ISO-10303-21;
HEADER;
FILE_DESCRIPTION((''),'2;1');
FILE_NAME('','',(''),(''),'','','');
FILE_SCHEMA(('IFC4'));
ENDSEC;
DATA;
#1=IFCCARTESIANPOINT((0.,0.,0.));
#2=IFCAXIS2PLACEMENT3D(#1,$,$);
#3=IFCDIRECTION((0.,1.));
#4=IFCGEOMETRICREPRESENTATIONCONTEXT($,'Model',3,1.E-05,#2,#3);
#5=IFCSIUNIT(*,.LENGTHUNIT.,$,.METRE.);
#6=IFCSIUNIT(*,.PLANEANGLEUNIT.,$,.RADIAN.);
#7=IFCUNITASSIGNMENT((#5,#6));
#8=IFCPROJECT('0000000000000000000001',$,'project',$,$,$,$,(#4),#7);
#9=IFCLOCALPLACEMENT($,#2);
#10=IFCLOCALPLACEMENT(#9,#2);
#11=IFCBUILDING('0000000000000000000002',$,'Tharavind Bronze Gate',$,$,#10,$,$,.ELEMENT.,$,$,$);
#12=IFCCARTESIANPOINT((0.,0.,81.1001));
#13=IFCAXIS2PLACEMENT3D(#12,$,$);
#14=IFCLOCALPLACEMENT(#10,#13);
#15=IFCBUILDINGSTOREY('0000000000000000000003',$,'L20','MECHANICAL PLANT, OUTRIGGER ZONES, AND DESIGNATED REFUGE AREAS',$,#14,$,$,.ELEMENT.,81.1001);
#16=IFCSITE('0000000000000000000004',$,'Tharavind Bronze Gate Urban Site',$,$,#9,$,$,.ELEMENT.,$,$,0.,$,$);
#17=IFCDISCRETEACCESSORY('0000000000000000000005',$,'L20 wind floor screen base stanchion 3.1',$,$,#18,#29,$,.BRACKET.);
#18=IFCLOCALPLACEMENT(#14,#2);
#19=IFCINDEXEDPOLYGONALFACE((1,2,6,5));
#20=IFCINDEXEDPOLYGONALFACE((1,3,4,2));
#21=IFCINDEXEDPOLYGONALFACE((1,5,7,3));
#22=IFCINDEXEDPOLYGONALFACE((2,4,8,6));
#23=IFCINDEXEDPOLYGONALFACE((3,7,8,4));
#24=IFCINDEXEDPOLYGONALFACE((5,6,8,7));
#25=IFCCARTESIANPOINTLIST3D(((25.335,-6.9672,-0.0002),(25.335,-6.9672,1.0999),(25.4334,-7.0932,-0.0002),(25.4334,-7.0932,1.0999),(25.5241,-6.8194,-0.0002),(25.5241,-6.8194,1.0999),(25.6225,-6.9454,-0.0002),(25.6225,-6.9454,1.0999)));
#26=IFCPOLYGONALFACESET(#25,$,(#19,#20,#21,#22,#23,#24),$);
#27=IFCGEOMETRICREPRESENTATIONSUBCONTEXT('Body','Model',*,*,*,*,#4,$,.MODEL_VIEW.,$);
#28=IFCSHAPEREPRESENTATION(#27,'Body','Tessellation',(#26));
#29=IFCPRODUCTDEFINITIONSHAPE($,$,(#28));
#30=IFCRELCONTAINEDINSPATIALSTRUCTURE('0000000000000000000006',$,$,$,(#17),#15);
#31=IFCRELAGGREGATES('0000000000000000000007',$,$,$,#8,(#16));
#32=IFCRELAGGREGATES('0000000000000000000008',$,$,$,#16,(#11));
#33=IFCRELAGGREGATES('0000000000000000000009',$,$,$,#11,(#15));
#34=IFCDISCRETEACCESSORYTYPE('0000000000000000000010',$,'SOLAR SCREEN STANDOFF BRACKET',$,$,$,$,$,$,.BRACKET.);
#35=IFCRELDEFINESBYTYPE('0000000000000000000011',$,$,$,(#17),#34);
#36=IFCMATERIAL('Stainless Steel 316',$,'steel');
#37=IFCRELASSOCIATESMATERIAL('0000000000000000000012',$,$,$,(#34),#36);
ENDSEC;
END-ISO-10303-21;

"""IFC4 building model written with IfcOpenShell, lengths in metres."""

from ifc_helpers import new_model, si_unit, direction, frame, origin, origin_2d, place, context, subcontext, project, spatial, rectangle, extrude, material, type_object, element, save


model = new_model("IFC4")

# Units and contexts
model_context = context("Model", 3, precision=1e-05, world=origin(), true_north=direction((0.0, 1.0)))
body_context = subcontext(model_context, "Body", "Model", "MODEL_VIEW")
ifc_project = project(units=[si_unit("LENGTHUNIT", "METRE"), si_unit("PLANEANGLEUNIT", "RADIAN")], contexts=[model_context])

# Site, building, storey
site_placement = place(None, origin())
site = spatial("IfcSite", under=ifc_project, at=site_placement, Name="Tharavind Bronze Gate Urban Site", CompositionType="ELEMENT", RefElevation=0.0)
building_placement = place(site_placement, origin())
building = spatial("IfcBuilding", under=site, at=building_placement, Name="Tharavind Bronze Gate", CompositionType="ELEMENT")
storey_placement = place(building_placement, frame((0.0, 0.0, 81.1001)))
storey = spatial("IfcBuildingStorey", under=building, at=storey_placement, Name="L20", Description="MECHANICAL PLANT, OUTRIGGER ZONES, AND DESIGNATED REFUGE AREAS", CompositionType="ELEMENT", Elevation=81.1001)

# Discrete accessory
ifc_material_1 = material(Name="Stainless Steel 316", Category="steel")
discrete_accessory_type = type_object("IfcDiscreteAccessoryType", Name="SOLAR SCREEN STANDOFF BRACKET", PredefinedType="BRACKET", material=ifc_material_1)
for number, where, z_axis, x_axis, name in (
    (1, (25.4788, -6.9563, -0.0002), (0.0, 0.0, 1.0), (-0.61566, 0.788012, 0.0), "L20 wind floor screen base stanchion 3.1"),
):
    element("IfcDiscreteAccessory", number, at=place(storey_placement, frame(where, z_axis=z_axis, x_axis=x_axis)), inside=storey, type_object=discrete_accessory_type, Name=name, PredefinedType="BRACKET", context=body_context, shape_type="SweptSolid", body=[
        extrude(rectangle(XDim=0.1599, YDim=0.24, at=origin_2d()), origin(), (0.0, 0.0, 1.0), 1.1001),
    ])

save(model, "model.ifc")
